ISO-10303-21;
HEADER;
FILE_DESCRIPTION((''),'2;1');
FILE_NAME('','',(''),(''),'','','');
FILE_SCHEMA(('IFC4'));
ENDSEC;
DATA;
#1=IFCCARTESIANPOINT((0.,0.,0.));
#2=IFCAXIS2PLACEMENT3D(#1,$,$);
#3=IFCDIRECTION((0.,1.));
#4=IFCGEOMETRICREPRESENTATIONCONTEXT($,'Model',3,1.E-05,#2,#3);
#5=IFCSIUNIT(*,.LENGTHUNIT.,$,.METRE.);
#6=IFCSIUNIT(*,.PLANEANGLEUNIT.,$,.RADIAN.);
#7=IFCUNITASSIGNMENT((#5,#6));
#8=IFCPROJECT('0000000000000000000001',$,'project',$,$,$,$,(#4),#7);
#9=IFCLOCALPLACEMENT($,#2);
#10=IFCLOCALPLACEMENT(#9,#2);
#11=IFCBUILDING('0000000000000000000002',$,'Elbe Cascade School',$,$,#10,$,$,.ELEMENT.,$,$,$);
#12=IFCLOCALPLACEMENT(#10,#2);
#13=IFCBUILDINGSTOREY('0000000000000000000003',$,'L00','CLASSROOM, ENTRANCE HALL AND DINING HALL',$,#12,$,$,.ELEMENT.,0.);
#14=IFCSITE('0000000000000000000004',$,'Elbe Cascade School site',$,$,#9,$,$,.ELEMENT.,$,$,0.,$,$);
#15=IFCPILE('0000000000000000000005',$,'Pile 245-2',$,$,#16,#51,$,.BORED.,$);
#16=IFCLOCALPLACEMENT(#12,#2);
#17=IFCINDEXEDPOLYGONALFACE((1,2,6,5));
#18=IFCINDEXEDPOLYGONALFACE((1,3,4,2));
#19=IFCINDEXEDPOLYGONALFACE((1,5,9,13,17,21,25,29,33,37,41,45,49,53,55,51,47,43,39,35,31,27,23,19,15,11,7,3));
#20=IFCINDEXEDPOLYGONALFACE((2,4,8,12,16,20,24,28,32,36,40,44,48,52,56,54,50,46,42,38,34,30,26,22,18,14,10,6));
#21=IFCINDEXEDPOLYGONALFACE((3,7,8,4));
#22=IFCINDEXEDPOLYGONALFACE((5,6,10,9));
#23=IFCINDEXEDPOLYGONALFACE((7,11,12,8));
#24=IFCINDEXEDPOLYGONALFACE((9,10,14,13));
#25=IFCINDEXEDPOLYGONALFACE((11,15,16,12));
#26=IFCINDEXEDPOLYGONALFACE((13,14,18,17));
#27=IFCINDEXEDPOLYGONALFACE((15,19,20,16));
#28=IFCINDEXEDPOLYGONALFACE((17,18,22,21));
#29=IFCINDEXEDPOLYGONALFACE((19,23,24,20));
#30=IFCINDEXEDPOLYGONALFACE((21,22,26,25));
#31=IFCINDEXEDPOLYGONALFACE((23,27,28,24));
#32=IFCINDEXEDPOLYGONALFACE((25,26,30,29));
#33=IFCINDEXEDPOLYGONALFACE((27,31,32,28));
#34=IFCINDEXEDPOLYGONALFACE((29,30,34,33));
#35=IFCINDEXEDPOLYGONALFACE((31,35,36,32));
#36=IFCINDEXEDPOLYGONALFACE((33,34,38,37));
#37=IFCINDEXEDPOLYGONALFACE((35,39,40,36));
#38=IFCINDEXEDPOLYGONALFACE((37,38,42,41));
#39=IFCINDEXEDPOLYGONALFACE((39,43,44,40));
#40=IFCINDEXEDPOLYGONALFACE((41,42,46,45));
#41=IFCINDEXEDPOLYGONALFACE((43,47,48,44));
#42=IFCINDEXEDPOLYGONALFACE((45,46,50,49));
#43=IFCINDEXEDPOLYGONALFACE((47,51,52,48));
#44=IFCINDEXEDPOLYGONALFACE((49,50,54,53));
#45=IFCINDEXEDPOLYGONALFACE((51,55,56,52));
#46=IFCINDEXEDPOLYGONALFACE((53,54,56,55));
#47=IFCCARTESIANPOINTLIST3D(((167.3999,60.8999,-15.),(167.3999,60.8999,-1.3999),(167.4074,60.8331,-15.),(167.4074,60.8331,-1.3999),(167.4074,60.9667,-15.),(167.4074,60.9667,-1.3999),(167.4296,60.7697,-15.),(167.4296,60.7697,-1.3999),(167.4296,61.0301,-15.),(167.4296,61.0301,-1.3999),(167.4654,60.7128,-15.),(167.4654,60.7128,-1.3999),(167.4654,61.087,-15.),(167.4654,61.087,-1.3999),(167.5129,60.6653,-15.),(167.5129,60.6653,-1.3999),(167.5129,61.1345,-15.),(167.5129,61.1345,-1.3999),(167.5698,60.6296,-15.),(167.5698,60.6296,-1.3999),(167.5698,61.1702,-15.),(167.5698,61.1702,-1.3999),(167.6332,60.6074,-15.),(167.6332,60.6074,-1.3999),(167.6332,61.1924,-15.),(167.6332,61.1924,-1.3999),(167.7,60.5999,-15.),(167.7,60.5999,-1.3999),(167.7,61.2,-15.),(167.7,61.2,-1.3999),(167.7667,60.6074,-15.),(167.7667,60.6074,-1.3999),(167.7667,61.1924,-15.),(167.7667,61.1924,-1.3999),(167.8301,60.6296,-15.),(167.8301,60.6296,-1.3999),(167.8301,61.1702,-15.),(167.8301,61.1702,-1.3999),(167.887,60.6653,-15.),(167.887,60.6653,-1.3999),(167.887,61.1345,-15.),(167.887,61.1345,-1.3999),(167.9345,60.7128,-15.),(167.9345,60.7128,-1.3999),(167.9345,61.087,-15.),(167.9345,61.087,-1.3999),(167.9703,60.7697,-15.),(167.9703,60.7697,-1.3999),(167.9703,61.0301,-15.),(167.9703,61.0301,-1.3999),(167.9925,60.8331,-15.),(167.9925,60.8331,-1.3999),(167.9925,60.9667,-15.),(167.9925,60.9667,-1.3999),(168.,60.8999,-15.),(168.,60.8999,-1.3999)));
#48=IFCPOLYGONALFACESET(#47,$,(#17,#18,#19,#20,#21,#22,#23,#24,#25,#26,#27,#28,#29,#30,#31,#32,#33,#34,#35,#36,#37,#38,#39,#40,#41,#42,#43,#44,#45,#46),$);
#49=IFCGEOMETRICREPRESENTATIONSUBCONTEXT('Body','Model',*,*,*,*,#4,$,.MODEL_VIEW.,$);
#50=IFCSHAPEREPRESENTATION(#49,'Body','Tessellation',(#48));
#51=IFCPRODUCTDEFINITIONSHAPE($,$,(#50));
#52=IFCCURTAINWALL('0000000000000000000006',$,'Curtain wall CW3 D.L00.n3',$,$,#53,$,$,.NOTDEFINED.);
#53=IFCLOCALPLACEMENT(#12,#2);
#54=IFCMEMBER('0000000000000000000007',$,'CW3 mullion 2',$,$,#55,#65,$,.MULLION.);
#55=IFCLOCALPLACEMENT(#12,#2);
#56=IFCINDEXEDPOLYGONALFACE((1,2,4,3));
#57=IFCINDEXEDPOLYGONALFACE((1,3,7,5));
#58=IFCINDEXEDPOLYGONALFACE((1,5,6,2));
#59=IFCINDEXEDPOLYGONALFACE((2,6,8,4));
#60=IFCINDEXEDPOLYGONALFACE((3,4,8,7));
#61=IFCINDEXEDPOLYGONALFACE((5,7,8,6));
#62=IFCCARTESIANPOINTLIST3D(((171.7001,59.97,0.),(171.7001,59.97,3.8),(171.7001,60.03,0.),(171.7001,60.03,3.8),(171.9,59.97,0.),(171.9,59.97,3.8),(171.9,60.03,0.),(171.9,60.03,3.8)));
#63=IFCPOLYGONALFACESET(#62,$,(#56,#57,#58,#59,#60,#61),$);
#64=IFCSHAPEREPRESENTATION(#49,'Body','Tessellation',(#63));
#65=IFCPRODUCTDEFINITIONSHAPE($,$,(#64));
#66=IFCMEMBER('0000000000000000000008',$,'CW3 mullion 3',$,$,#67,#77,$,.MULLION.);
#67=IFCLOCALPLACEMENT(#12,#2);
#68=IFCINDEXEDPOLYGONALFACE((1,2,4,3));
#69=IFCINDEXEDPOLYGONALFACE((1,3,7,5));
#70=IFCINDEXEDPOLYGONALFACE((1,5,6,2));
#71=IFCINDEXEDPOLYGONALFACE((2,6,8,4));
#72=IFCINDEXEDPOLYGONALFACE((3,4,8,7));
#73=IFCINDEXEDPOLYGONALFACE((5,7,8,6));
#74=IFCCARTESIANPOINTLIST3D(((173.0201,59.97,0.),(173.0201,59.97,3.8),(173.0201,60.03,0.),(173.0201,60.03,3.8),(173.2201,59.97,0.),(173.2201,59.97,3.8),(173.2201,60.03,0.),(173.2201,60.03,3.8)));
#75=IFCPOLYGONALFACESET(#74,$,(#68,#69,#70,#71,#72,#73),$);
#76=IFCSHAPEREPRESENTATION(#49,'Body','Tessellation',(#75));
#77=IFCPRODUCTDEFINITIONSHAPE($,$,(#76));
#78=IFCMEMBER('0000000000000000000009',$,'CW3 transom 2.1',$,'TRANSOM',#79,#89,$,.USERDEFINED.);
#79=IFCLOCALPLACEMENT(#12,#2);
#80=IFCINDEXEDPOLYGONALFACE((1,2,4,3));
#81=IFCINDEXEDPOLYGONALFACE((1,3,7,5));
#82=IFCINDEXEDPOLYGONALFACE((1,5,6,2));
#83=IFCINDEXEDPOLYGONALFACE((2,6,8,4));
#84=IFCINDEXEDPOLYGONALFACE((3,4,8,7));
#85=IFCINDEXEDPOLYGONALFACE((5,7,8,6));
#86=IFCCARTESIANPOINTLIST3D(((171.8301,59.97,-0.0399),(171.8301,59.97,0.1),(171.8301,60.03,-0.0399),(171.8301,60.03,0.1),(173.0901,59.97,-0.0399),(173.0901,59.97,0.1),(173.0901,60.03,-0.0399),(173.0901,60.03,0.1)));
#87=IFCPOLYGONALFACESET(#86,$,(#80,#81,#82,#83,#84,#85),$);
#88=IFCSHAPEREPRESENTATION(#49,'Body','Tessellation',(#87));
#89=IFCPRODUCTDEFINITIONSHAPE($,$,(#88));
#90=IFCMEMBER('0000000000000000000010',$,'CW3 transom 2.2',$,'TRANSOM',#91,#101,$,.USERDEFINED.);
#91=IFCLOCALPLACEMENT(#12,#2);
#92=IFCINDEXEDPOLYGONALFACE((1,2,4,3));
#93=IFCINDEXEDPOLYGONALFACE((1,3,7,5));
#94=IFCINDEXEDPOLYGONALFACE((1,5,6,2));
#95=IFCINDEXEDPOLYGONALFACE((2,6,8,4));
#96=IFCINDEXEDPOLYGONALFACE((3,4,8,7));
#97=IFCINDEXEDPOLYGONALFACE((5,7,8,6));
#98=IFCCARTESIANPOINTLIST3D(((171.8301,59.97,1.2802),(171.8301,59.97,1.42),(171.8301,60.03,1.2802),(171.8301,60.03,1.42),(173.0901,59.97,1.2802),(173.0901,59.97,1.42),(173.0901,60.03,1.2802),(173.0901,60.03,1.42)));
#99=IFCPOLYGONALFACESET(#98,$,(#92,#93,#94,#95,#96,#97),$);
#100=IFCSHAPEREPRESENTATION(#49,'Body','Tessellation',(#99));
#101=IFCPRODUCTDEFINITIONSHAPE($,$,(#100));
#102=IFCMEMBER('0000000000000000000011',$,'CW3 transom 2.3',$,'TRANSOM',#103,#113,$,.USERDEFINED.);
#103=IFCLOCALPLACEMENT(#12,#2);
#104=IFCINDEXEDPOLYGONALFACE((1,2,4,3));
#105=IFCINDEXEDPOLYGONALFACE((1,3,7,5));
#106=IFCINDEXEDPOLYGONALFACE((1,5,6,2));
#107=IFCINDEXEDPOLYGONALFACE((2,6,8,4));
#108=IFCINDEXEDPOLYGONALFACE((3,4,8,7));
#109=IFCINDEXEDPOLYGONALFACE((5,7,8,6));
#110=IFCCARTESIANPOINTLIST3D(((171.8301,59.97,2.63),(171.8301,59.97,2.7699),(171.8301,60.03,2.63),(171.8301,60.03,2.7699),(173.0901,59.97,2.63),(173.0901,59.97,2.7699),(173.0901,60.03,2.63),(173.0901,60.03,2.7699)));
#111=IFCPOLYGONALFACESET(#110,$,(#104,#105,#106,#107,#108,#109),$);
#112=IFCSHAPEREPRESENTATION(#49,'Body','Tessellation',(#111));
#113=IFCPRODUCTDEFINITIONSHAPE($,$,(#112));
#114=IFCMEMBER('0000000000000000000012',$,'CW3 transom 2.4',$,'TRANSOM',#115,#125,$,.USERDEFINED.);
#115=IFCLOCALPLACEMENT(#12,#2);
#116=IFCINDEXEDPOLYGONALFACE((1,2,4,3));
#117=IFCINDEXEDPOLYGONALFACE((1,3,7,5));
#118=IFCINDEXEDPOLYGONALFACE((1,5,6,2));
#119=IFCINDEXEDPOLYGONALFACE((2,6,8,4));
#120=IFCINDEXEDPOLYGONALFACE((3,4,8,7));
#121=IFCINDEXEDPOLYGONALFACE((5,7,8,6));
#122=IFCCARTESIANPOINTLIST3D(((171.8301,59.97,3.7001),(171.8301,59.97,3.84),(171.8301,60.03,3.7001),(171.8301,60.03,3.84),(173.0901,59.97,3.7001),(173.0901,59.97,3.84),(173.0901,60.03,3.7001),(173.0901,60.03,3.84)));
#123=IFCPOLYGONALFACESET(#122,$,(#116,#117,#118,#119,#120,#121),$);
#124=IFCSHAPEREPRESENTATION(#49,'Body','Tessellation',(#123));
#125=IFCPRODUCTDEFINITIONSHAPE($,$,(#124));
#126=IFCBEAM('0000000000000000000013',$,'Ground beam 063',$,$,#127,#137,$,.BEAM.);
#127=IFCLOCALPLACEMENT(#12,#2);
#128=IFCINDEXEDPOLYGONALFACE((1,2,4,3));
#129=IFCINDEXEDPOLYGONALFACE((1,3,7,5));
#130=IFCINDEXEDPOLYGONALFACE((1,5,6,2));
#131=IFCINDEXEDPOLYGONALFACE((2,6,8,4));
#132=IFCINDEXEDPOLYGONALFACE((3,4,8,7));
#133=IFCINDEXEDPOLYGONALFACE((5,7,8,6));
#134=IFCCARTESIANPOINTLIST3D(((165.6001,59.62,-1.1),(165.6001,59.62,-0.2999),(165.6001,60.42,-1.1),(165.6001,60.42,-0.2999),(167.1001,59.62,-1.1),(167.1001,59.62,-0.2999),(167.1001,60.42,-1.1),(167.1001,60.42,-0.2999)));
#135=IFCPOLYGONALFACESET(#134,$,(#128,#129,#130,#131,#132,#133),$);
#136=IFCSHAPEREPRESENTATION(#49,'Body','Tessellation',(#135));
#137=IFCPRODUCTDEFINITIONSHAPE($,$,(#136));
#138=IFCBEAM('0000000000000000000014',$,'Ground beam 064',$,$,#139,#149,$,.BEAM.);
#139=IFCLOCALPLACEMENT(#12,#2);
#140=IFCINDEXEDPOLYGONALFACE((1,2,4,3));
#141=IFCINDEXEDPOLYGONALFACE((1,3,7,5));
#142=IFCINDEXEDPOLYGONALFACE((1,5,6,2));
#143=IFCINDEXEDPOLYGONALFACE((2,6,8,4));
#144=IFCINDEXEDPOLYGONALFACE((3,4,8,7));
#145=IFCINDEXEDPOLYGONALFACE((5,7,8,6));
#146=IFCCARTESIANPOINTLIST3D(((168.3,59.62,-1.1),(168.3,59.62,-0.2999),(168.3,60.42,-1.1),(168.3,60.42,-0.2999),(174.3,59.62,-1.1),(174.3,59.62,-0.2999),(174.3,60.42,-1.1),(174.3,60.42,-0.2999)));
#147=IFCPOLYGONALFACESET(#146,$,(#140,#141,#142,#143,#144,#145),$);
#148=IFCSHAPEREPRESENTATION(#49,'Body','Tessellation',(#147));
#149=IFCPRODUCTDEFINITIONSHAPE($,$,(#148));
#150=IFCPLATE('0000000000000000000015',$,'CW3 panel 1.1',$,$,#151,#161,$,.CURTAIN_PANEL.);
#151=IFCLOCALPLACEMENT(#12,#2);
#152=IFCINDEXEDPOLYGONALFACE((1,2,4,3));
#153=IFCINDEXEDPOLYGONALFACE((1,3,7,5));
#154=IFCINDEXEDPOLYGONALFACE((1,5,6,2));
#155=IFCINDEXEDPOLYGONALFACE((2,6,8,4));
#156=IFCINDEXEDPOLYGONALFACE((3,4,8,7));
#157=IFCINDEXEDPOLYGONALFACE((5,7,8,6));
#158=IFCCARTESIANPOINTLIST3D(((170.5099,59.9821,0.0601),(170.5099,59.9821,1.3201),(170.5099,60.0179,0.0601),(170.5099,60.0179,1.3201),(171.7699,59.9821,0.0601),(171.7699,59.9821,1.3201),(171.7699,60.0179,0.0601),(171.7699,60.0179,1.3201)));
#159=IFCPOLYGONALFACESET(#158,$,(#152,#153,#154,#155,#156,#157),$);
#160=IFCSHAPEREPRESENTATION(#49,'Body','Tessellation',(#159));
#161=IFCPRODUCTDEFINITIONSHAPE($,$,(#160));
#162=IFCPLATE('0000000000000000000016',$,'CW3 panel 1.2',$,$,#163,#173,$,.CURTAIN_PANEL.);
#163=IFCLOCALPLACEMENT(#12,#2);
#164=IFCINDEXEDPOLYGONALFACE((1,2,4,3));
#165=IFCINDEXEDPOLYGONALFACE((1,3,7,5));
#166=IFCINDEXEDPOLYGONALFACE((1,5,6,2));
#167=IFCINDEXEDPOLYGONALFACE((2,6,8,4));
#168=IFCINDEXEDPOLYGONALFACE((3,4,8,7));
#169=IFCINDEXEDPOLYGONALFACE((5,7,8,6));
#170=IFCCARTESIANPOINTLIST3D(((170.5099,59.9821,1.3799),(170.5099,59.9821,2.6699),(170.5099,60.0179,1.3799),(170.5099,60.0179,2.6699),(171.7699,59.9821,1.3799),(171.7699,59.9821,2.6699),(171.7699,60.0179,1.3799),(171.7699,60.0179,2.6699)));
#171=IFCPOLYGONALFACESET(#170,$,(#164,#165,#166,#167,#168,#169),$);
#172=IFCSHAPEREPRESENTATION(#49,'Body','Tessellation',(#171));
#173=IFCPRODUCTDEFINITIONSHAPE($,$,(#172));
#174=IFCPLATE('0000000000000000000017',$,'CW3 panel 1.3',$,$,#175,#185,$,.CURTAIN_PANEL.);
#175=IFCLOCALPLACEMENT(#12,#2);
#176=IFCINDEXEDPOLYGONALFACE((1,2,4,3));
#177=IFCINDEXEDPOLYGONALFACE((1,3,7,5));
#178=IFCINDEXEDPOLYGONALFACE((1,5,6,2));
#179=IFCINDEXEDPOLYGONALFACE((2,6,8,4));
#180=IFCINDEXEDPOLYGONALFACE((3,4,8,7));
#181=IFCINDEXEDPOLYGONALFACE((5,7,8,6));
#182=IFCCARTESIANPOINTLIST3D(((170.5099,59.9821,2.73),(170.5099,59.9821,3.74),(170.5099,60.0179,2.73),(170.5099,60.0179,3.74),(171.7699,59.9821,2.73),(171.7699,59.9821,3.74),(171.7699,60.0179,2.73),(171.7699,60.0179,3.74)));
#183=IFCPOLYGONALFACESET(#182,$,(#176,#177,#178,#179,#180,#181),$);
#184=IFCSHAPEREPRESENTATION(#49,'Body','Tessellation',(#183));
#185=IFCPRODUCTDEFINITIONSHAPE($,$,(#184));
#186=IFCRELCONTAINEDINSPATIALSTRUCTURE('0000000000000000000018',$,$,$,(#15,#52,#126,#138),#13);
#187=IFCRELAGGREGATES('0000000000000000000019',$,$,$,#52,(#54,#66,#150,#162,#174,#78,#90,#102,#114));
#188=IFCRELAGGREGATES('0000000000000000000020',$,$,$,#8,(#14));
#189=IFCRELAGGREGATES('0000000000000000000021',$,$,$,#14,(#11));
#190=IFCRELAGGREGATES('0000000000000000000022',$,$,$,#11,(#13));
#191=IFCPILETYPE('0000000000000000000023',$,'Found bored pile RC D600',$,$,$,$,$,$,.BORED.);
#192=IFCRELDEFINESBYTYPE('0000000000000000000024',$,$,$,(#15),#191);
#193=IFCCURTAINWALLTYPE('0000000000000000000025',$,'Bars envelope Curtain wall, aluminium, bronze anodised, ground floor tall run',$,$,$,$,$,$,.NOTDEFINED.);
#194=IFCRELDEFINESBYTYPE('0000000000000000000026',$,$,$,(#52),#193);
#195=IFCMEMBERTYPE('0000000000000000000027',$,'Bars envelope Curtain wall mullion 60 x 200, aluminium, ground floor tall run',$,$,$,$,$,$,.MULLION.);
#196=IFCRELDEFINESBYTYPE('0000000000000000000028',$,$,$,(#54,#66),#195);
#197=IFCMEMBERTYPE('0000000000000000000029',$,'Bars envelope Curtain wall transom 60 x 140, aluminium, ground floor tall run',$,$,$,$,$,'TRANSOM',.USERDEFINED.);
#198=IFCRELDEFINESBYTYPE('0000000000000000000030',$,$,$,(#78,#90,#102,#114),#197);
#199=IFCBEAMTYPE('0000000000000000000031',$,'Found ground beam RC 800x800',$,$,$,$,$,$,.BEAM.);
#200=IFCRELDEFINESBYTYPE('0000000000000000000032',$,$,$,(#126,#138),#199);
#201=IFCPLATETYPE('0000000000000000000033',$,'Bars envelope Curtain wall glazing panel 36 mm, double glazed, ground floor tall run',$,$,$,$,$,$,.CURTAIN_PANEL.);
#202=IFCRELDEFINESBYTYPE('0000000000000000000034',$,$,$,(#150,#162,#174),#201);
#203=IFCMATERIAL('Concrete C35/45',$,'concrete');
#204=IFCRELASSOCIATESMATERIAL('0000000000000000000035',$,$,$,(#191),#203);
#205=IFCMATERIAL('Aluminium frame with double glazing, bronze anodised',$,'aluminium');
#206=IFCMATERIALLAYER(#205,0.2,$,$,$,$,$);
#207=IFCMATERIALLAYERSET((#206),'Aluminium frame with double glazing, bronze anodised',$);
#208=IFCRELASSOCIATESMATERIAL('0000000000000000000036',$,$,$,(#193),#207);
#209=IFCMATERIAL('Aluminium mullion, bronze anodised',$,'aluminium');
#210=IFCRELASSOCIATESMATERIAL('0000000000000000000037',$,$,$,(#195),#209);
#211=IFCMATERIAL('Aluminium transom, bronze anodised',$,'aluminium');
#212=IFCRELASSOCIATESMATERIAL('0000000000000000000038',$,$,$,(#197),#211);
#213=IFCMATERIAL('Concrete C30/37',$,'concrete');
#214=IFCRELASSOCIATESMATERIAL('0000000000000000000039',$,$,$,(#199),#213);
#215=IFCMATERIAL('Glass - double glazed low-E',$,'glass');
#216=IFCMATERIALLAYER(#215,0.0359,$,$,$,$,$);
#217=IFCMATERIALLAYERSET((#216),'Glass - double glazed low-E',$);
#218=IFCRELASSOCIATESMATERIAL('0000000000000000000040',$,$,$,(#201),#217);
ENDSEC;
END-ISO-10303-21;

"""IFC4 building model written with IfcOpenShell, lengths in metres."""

from ifc_helpers import new_model, si_unit, direction, frame, origin, origin_2d, place, context, subcontext, project, spatial, rectangle, circle, extrude, material, layer, layer_set, material_profile, profile_set, type_object, element, aggregate, save


model = new_model("IFC4")

# Units and contexts
model_context = context("Model", 3, precision=1e-05, world=origin(), true_north=direction((0.0, 1.0)))
body_context = subcontext(model_context, "Body", "Model", "MODEL_VIEW")
ifc_project = project(units=[si_unit("LENGTHUNIT", "METRE"), si_unit("PLANEANGLEUNIT", "RADIAN")], contexts=[model_context])

# Site, building, storey
site_placement = place(None, origin())
site = spatial("IfcSite", under=ifc_project, at=site_placement, Name="Elbe Cascade School site", CompositionType="ELEMENT", RefElevation=0.0)
building_placement = place(site_placement, origin())
building = spatial("IfcBuilding", under=site, at=building_placement, Name="Elbe Cascade School", CompositionType="ELEMENT")
storey_placement = place(building_placement, origin())
storey = spatial("IfcBuildingStorey", under=building, at=storey_placement, Name="L00", Description="CLASSROOM, ENTRANCE HALL AND DINING HALL", CompositionType="ELEMENT", Elevation=0.0)

# Pile
ifc_material_1 = material(Name="Concrete C35/45", Category="concrete")
ifc_material_profile_1 = material_profile(ifc_material_1, circle(Radius=0.3, at=origin_2d()), Name="RC D600")
ifc_profile_set_1 = profile_set([ifc_material_profile_1], Name="Concrete C35/45")
pile_type = type_object("IfcPileType", Name="Found bored pile RC D600", PredefinedType="BORED", material=ifc_profile_set_1)
pile_placement = place(storey_placement, frame((167.7, 60.8999, -1.3999), z_axis=(0.0, 0.0, -1.0), x_axis=(1.0, 0.0, 0.0)))
element("IfcPile", 1, at=pile_placement, inside=storey, type_object=pile_type, Name="Pile 245-2", PredefinedType="BORED", context=body_context, shape_type="SweptSolid", body=[
    extrude(circle(Radius=0.3, at=origin_2d()), origin(), (0.0, 0.0, 1.0), 13.6001),
])

# Curtain wall, members
ifc_material_2 = material(Name="Aluminium frame with double glazing, bronze anodised", Category="aluminium")
ifc_layer_1 = layer(ifc_material_2, 0.2)
ifc_layer_set_1 = layer_set([ifc_layer_1], Name="Aluminium frame with double glazing, bronze anodised")
curtain_wall_type = type_object("IfcCurtainWallType", Name="Bars envelope Curtain wall, aluminium, bronze anodised, ground floor tall run", PredefinedType="NOTDEFINED", material=ifc_layer_set_1)
curtain_wall_placement = place(storey_placement, origin())
curtain_wall = element("IfcCurtainWall", 2, at=curtain_wall_placement, inside=storey, type_object=curtain_wall_type, Name="Curtain wall CW3 D.L00.n3", PredefinedType="NOTDEFINED")
ifc_material_3 = material(Name="Aluminium mullion, bronze anodised", Category="aluminium")
ifc_material_profile_2 = material_profile(ifc_material_3, rectangle(XDim=0.0601, YDim=0.2, at=origin_2d()), Name="Bars envelope Curtain wall mullion 60 x 200, aluminium, ground floor tall run")
ifc_profile_set_2 = profile_set([ifc_material_profile_2], Name="Aluminium mullion, bronze anodised")
member_type_1 = type_object("IfcMemberType", Name="Bars envelope Curtain wall mullion 60 x 200, aluminium, ground floor tall run", PredefinedType="MULLION", material=ifc_profile_set_2)
member_1_placement = place(storey_placement, frame((171.8, 60.0, 0.0), z_axis=(0.0, 0.0, 1.0), x_axis=(0.0, 1.0, 0.0)))
member_1 = element("IfcMember", 3, at=member_1_placement, type_object=member_type_1, Name="CW3 mullion 2", PredefinedType="MULLION", context=body_context, shape_type="SweptSolid", body=[
    extrude(rectangle(XDim=0.0601, YDim=0.2, at=origin_2d()), origin(), (0.0, 0.0, 1.0), 3.8),
])
member_2_placement = place(storey_placement, frame((173.1201, 60.0, 0.0), z_axis=(0.0, 0.0, 1.0), x_axis=(0.0, 1.0, 0.0)))
member_2 = element("IfcMember", 4, at=member_2_placement, type_object=member_type_1, Name="CW3 mullion 3", PredefinedType="MULLION", context=body_context, shape_type="SweptSolid", body=[
    extrude(rectangle(XDim=0.0601, YDim=0.2, at=origin_2d()), origin(), (0.0, 0.0, 1.0), 3.8),
])
ifc_material_4 = material(Name="Aluminium transom, bronze anodised", Category="aluminium")
ifc_material_profile_3 = material_profile(ifc_material_4, rectangle(XDim=0.0601, YDim=0.1399, at=origin_2d()), Name="Bars envelope Curtain wall transom 60 x 140, aluminium, ground floor tall run")
ifc_profile_set_3 = profile_set([ifc_material_profile_3], Name="Aluminium transom, bronze anodised")
member_type_2 = type_object("IfcMemberType", Name="Bars envelope Curtain wall transom 60 x 140, aluminium, ground floor tall run", ElementType="TRANSOM", PredefinedType="USERDEFINED", material=ifc_profile_set_3)
member_3_placement = place(storey_placement, frame((171.8301, 60.0, 0.03), z_axis=(1.0, 0.0, 0.0), x_axis=(0.0, 1.0, 0.0)))
member_3 = element("IfcMember", 5, at=member_3_placement, type_object=member_type_2, Name="CW3 transom 2.1", ObjectType="TRANSOM", PredefinedType="USERDEFINED", context=body_context, shape_type="SweptSolid", body=[
    extrude(rectangle(XDim=0.0601, YDim=0.1399, at=origin_2d()), origin(), (0.0, 0.0, 1.0), 1.26),
])
member_4_placement = place(storey_placement, frame((171.8301, 60.0, 1.3501), z_axis=(1.0, 0.0, 0.0), x_axis=(0.0, 1.0, 0.0)))
member_4 = element("IfcMember", 6, at=member_4_placement, type_object=member_type_2, Name="CW3 transom 2.2", ObjectType="TRANSOM", PredefinedType="USERDEFINED", context=body_context, shape_type="SweptSolid", body=[
    extrude(rectangle(XDim=0.0601, YDim=0.1399, at=origin_2d()), origin(), (0.0, 0.0, 1.0), 1.26),
])
member_5_placement = place(storey_placement, frame((171.8301, 60.0, 2.7), z_axis=(1.0, 0.0, 0.0), x_axis=(0.0, 1.0, 0.0)))
member_5 = element("IfcMember", 7, at=member_5_placement, type_object=member_type_2, Name="CW3 transom 2.3", ObjectType="TRANSOM", PredefinedType="USERDEFINED", context=body_context, shape_type="SweptSolid", body=[
    extrude(rectangle(XDim=0.0601, YDim=0.1399, at=origin_2d()), origin(), (0.0, 0.0, 1.0), 1.26),
])
member_6_placement = place(storey_placement, frame((171.8301, 60.0, 3.77), z_axis=(1.0, 0.0, 0.0), x_axis=(0.0, 1.0, 0.0)))
member_6 = element("IfcMember", 8, at=member_6_placement, type_object=member_type_2, Name="CW3 transom 2.4", ObjectType="TRANSOM", PredefinedType="USERDEFINED", context=body_context, shape_type="SweptSolid", body=[
    extrude(rectangle(XDim=0.0601, YDim=0.1399, at=origin_2d()), origin(), (0.0, 0.0, 1.0), 1.26),
])

# Beams
ifc_material_5 = material(Name="Concrete C30/37", Category="concrete")
ifc_material_profile_4 = material_profile(ifc_material_5, rectangle(XDim=0.8, YDim=0.8, at=origin_2d()), Name="RC 800x800")
ifc_profile_set_4 = profile_set([ifc_material_profile_4], Name="Concrete C30/37")
beam_type = type_object("IfcBeamType", Name="Found ground beam RC 800x800", PredefinedType="BEAM", material=ifc_profile_set_4)
beam_1_placement = place(storey_placement, frame((165.6001, 60.02, -0.7), z_axis=(1.0, 0.0, 0.0), x_axis=(0.0, 1.0, 0.0)))
element("IfcBeam", 9, at=beam_1_placement, inside=storey, type_object=beam_type, Name="Ground beam 063", PredefinedType="BEAM", context=body_context, shape_type="SweptSolid", body=[
    extrude(rectangle(XDim=0.8, YDim=0.8, at=origin_2d()), origin(), (0.0, 0.0, 1.0), 1.5),
])
beam_2_placement = place(storey_placement, frame((168.3, 60.02, -0.7), z_axis=(1.0, 0.0, 0.0), x_axis=(0.0, 1.0, 0.0)))
element("IfcBeam", 10, at=beam_2_placement, inside=storey, type_object=beam_type, Name="Ground beam 064", PredefinedType="BEAM", context=body_context, shape_type="SweptSolid", body=[
    extrude(rectangle(XDim=0.8, YDim=0.8, at=origin_2d()), origin(), (0.0, 0.0, 1.0), 6.0),
])

# Plates
ifc_material_6 = material(Name="Glass - double glazed low-E", Category="glass")
ifc_layer_2 = layer(ifc_material_6, 0.0359)
ifc_layer_set_2 = layer_set([ifc_layer_2], Name="Glass - double glazed low-E")
plate_type = type_object("IfcPlateType", Name="Bars envelope Curtain wall glazing panel 36 mm, double glazed, ground floor tall run", PredefinedType="CURTAIN_PANEL", material=ifc_layer_set_2)
plate_1_placement = place(storey_placement, frame((171.1399, 60.0, 0.0601), z_axis=(0.0, 0.0, 1.0), x_axis=(1.0, 0.0, 0.0)))
plate_1 = element("IfcPlate", 11, at=plate_1_placement, type_object=plate_type, Name="CW3 panel 1.1", PredefinedType="CURTAIN_PANEL", context=body_context, shape_type="SweptSolid", body=[
    extrude(rectangle(XDim=1.26, YDim=0.0359, at=origin_2d()), origin(), (0.0, 0.0, 1.0), 1.26),
])
plate_2_placement = place(storey_placement, frame((171.1399, 60.0, 1.3799), z_axis=(0.0, 0.0, 1.0), x_axis=(1.0, 0.0, 0.0)))
plate_2 = element("IfcPlate", 12, at=plate_2_placement, type_object=plate_type, Name="CW3 panel 1.2", PredefinedType="CURTAIN_PANEL", context=body_context, shape_type="SweptSolid", body=[
    extrude(rectangle(XDim=1.26, YDim=0.0359, at=origin_2d()), origin(), (0.0, 0.0, 1.0), 1.29),
])
plate_3_placement = place(storey_placement, frame((171.1399, 60.0, 2.73), z_axis=(0.0, 0.0, 1.0), x_axis=(1.0, 0.0, 0.0)))
plate_3 = element("IfcPlate", 13, at=plate_3_placement, type_object=plate_type, Name="CW3 panel 1.3", PredefinedType="CURTAIN_PANEL", context=body_context, shape_type="SweptSolid", body=[
    extrude(rectangle(XDim=1.26, YDim=0.0359, at=origin_2d()), origin(), (0.0, 0.0, 1.0), 1.01),
])
aggregate(curtain_wall, [member_1, member_2, plate_1, plate_2, plate_3, member_3, member_4, member_5, member_6])

save(model, "model.ifc")
